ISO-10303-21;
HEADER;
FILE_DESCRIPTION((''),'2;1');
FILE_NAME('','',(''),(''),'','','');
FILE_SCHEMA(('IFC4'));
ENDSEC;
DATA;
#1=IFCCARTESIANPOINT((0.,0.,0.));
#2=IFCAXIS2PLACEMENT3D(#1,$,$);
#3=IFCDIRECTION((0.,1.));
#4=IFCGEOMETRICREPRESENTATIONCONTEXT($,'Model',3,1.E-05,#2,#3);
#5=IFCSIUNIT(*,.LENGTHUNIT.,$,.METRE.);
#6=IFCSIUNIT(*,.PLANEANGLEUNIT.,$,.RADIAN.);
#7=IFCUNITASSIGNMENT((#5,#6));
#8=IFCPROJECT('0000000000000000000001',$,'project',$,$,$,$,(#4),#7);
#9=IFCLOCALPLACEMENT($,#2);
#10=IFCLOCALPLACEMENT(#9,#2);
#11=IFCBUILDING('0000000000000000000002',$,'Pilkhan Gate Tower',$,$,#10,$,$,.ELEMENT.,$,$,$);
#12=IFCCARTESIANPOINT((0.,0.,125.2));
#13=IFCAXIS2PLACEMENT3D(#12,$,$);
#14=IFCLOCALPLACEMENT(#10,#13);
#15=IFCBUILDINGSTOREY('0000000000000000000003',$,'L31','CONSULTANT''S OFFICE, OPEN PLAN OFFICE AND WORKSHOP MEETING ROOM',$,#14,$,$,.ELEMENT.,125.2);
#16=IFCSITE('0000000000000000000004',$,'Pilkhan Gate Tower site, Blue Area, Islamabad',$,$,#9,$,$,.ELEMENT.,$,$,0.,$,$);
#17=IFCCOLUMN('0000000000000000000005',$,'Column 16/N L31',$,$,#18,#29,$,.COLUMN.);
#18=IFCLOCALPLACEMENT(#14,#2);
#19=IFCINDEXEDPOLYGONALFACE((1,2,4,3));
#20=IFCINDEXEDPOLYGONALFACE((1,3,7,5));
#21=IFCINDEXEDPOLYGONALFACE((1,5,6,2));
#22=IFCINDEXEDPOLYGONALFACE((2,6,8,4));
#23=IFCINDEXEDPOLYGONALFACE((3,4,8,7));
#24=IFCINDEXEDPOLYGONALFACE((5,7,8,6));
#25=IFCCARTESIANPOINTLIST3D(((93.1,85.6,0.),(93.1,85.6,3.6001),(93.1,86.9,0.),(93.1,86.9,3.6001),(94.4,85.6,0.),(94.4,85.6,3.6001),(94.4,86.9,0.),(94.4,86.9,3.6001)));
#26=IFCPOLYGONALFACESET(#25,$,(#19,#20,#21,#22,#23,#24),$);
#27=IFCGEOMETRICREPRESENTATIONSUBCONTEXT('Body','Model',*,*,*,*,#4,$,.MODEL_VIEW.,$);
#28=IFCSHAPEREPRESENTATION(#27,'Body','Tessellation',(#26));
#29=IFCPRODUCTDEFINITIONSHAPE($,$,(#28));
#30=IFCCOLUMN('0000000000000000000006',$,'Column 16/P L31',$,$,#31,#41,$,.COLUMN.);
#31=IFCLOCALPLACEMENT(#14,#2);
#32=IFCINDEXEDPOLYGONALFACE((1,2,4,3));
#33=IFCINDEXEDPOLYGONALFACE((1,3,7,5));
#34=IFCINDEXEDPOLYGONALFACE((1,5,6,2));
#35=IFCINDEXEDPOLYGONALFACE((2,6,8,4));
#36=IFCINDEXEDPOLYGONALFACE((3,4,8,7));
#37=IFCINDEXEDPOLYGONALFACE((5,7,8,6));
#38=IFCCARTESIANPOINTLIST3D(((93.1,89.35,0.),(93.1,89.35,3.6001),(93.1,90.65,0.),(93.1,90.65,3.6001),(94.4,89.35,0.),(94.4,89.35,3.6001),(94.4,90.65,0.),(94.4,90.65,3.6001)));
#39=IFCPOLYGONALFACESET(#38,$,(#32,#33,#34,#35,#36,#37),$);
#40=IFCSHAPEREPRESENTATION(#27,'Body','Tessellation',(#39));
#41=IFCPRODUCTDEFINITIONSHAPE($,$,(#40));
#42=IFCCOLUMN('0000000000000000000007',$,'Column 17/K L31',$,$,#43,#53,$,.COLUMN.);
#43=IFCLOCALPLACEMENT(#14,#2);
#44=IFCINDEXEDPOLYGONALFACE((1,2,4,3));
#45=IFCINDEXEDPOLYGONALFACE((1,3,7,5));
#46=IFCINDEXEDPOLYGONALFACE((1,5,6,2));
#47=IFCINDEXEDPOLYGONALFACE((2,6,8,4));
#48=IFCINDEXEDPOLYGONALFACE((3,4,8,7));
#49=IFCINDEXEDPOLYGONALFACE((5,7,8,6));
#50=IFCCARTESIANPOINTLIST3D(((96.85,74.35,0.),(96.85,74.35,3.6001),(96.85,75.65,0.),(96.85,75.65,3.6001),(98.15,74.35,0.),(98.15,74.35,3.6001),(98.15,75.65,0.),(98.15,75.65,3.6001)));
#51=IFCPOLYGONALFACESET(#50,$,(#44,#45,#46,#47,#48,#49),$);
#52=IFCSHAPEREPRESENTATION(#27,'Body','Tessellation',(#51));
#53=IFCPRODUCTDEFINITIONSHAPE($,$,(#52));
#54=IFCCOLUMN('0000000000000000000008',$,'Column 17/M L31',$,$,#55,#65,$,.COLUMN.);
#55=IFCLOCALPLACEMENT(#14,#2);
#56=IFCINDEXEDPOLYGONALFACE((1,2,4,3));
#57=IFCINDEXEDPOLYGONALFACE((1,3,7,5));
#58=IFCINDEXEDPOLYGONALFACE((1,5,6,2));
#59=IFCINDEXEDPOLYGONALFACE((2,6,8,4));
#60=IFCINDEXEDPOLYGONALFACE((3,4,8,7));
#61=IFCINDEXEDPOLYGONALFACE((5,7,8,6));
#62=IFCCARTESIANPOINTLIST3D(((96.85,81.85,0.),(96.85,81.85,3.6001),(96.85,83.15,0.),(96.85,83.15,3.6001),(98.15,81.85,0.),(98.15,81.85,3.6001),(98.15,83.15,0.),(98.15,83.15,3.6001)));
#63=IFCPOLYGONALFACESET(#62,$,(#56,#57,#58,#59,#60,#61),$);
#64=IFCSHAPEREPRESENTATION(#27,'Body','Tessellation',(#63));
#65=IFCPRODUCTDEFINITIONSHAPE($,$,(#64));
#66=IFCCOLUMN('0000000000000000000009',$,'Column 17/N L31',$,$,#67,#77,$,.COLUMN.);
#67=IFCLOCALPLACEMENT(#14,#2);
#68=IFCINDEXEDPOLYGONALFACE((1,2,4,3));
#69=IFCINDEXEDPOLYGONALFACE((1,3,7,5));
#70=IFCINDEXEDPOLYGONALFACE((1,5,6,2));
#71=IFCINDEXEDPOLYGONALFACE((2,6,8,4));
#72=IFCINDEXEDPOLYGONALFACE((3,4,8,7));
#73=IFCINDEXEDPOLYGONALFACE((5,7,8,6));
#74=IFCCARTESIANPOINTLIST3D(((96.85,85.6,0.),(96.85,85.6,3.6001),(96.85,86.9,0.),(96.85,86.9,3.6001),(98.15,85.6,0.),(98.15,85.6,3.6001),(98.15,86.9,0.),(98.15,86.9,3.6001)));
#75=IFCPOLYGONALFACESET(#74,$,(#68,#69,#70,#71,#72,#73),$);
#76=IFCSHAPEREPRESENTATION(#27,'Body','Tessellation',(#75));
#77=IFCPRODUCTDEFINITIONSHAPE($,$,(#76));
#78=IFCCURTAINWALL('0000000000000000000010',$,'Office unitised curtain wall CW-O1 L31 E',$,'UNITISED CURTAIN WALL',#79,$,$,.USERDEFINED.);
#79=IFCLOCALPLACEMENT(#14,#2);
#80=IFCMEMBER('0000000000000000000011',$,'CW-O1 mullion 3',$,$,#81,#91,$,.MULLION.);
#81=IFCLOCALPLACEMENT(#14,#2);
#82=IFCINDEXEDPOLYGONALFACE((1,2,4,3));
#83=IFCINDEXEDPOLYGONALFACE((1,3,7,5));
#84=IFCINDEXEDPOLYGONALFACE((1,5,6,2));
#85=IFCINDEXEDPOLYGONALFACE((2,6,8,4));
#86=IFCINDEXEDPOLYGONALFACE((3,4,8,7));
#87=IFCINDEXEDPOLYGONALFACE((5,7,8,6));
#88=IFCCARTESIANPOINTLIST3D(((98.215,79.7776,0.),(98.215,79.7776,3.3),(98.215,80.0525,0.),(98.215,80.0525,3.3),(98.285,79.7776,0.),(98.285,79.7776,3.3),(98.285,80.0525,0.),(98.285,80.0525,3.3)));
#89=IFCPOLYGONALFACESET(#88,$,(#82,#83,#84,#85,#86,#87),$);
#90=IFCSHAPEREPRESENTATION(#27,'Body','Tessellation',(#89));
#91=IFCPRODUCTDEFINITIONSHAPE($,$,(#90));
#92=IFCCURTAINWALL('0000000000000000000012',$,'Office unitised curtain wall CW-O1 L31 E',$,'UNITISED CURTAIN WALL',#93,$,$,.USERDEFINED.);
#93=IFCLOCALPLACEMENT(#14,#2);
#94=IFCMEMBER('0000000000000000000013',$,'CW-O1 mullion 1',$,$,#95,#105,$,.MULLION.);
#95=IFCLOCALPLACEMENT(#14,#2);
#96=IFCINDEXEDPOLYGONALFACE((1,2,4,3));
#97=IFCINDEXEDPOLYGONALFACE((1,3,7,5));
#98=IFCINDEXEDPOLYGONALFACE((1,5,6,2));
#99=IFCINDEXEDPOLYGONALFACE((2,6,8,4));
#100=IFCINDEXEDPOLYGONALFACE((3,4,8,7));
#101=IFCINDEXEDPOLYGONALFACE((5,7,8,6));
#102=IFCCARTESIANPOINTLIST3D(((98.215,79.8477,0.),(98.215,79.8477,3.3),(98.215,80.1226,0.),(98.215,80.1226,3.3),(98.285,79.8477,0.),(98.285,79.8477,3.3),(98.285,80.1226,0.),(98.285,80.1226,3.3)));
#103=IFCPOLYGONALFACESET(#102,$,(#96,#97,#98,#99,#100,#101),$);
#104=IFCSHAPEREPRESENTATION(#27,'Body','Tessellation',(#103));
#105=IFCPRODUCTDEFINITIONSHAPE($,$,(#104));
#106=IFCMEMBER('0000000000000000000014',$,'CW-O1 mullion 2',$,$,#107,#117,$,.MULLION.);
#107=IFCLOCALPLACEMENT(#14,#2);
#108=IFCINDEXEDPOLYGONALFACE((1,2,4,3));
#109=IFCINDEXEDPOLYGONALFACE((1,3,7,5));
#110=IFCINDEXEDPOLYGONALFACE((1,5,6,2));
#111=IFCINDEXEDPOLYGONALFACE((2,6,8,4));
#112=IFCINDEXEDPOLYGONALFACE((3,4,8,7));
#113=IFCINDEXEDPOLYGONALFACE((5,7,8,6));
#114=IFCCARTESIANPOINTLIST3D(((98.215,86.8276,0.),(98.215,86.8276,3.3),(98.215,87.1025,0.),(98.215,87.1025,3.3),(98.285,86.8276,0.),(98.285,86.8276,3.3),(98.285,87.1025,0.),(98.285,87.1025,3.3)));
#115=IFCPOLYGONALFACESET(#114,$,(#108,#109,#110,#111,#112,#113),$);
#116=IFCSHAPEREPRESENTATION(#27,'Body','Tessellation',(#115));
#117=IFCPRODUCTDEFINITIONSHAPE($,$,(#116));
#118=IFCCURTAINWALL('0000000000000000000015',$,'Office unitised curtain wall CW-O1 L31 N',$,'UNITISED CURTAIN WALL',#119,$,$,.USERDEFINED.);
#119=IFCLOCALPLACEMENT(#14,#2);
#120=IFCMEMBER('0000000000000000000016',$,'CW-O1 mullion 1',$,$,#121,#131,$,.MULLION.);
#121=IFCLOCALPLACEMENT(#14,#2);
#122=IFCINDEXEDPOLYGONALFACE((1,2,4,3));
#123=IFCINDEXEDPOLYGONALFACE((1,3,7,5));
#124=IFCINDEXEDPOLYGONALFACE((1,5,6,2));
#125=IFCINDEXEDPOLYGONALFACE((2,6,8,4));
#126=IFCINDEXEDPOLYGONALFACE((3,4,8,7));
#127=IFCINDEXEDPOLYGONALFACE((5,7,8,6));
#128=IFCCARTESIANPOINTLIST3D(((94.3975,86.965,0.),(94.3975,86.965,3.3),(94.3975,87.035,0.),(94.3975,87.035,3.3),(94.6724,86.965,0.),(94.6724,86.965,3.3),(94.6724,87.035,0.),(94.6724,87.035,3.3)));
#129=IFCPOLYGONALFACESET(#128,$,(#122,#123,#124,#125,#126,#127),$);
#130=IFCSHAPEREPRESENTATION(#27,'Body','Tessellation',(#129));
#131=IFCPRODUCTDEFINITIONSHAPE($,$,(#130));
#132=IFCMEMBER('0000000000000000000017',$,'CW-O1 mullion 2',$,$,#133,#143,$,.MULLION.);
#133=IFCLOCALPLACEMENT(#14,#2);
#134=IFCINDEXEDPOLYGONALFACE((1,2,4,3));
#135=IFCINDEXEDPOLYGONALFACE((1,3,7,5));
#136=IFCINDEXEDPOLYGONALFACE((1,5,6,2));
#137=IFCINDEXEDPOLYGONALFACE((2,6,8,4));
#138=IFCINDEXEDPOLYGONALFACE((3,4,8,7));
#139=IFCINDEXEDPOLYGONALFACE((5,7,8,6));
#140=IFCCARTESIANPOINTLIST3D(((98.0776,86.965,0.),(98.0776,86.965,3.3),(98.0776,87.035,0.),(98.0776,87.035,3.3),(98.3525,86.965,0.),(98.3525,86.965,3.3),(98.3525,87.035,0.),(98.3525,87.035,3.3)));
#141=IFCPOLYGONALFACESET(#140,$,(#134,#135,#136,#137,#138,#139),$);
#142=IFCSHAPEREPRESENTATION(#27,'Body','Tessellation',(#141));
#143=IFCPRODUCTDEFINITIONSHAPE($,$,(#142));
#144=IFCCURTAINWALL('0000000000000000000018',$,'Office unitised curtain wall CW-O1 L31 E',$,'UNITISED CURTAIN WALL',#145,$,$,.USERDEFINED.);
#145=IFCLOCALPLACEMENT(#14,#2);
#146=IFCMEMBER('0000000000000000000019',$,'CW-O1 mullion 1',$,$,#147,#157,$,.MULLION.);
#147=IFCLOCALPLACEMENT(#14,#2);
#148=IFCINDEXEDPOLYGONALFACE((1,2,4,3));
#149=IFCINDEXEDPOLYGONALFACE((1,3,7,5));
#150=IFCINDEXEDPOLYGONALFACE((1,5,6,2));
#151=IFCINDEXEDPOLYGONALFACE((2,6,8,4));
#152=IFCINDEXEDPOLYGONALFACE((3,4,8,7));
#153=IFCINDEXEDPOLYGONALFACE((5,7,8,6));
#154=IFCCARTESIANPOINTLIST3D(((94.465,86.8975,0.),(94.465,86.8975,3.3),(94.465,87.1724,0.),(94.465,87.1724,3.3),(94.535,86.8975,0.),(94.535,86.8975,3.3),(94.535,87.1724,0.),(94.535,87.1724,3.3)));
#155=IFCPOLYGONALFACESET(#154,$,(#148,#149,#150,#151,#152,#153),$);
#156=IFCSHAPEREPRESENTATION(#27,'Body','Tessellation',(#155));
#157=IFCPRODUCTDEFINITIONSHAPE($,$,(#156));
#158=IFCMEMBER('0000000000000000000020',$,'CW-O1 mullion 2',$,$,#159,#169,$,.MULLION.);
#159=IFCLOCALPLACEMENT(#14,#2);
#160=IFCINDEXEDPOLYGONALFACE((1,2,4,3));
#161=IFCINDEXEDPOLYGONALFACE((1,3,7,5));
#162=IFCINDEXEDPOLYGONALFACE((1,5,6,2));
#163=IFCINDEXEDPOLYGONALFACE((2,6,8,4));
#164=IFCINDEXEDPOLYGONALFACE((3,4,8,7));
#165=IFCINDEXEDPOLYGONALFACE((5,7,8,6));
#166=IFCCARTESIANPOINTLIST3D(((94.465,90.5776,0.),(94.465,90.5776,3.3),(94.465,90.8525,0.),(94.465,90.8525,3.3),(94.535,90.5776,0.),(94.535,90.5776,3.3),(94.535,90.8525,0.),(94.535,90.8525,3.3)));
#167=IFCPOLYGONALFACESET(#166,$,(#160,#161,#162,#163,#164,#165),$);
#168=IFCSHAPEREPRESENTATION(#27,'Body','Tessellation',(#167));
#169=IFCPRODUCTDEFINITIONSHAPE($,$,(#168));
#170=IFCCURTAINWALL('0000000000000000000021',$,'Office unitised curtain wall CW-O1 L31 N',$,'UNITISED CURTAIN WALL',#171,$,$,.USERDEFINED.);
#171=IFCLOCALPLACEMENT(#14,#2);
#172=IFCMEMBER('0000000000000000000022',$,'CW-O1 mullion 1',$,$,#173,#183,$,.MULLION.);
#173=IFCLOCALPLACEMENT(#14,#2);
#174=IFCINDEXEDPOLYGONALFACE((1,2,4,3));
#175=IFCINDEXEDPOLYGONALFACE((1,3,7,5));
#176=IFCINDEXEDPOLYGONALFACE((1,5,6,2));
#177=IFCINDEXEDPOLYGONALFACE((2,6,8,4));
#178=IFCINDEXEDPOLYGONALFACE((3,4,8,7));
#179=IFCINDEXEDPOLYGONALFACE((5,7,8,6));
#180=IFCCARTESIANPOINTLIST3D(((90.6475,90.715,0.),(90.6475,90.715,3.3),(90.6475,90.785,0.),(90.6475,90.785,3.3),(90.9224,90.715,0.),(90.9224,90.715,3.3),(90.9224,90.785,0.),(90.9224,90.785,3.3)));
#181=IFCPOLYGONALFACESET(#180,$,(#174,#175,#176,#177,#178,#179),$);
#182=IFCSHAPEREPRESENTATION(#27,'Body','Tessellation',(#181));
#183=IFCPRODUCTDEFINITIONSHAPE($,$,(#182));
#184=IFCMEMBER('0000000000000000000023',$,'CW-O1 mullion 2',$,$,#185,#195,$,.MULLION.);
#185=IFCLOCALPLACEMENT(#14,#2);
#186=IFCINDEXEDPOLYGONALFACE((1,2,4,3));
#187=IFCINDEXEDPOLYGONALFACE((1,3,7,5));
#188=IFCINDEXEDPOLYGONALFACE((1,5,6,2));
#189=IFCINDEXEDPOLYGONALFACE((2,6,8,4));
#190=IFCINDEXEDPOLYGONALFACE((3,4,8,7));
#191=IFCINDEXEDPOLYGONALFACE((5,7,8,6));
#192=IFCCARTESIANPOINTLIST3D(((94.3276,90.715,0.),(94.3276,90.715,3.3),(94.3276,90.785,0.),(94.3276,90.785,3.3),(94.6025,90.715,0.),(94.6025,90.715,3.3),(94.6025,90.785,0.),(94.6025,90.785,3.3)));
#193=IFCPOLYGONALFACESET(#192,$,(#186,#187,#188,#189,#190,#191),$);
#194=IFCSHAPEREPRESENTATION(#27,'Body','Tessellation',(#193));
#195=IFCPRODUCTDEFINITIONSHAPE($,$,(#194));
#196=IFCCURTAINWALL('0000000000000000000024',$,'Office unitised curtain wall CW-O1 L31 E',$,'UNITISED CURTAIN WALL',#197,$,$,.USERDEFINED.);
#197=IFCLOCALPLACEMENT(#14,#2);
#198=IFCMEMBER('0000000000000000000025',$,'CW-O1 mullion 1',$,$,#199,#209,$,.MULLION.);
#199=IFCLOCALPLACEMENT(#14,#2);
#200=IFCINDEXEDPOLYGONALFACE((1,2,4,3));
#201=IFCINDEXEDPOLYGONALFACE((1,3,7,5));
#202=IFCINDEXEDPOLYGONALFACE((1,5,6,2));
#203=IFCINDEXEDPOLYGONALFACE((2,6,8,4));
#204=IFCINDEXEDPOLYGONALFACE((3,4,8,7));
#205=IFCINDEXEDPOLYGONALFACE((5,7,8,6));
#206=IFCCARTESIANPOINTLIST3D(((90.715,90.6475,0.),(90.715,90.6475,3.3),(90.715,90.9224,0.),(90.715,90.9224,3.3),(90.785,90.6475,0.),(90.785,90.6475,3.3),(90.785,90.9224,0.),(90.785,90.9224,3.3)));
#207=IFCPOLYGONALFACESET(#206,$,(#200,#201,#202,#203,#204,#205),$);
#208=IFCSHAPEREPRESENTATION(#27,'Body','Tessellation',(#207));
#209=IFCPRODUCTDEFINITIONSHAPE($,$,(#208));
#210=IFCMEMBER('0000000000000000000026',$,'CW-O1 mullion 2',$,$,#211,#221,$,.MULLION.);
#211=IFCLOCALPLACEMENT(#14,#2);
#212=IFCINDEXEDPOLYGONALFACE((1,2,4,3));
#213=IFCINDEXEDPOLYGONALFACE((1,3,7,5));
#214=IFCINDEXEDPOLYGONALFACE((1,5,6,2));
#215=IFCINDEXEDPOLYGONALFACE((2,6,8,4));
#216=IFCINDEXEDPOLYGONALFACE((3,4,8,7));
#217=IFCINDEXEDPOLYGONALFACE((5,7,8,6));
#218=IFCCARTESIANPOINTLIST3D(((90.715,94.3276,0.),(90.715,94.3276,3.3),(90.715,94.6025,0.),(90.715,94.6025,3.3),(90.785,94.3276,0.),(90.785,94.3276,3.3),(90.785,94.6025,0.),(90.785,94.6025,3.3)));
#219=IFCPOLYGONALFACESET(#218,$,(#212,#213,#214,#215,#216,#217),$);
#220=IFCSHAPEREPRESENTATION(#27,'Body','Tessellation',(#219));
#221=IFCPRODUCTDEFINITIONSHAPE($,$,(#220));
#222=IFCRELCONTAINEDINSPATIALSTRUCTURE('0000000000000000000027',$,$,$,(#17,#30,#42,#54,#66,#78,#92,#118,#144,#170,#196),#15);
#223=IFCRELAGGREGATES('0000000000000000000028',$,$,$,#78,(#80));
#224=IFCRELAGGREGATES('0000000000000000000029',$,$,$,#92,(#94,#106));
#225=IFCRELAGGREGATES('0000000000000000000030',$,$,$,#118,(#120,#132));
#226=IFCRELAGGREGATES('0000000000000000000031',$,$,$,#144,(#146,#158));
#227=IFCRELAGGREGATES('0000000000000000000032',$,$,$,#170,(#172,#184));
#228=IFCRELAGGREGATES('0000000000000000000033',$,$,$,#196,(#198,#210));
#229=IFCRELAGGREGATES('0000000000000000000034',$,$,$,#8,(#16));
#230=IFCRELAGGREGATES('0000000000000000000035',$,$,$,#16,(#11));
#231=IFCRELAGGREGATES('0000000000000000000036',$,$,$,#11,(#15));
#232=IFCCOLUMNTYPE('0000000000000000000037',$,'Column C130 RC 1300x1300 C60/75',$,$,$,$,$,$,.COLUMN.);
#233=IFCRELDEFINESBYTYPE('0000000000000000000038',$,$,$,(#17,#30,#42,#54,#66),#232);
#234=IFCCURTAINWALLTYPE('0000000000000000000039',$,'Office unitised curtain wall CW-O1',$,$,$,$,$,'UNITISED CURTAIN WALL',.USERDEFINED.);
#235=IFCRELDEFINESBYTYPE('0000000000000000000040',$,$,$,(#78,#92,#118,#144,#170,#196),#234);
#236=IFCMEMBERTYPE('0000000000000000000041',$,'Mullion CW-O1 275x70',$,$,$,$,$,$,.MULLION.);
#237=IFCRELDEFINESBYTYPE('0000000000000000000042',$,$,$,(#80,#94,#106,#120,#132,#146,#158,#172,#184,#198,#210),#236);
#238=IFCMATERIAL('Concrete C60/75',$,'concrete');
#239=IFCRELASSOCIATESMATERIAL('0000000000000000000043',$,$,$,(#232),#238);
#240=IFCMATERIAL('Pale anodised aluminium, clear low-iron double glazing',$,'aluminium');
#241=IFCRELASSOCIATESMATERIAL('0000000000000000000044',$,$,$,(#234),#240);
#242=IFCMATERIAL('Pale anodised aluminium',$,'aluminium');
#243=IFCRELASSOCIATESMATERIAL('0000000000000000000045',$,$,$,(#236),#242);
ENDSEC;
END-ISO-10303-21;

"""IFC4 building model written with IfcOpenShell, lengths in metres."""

from ifc_helpers import new_model, si_unit, direction, frame, origin, origin_2d, place, context, subcontext, project, spatial, rectangle, extrude, material, material_profile, profile_set, type_object, element, aggregate, save


model = new_model("IFC4")

# Units and contexts
model_context = context("Model", 3, precision=1e-05, world=origin(), true_north=direction((0.0, 1.0)))
body_context = subcontext(model_context, "Body", "Model", "MODEL_VIEW")
ifc_project = project(units=[si_unit("LENGTHUNIT", "METRE"), si_unit("PLANEANGLEUNIT", "RADIAN")], contexts=[model_context])

# Site, building, storey
site_placement = place(None, origin())
site = spatial("IfcSite", under=ifc_project, at=site_placement, Name="Pilkhan Gate Tower site, Blue Area, Islamabad", CompositionType="ELEMENT", RefElevation=0.0)
building_placement = place(site_placement, origin())
building = spatial("IfcBuilding", under=site, at=building_placement, Name="Pilkhan Gate Tower", CompositionType="ELEMENT")
storey_placement = place(building_placement, frame((0.0, 0.0, 125.2)))
storey = spatial("IfcBuildingStorey", under=building, at=storey_placement, Name="L31", Description="CONSULTANT'S OFFICE, OPEN PLAN OFFICE AND WORKSHOP MEETING ROOM", CompositionType="ELEMENT", Elevation=125.2)

# Columns
ifc_material_1 = material(Name="Concrete C60/75", Category="concrete")
ifc_material_profile_1 = material_profile(ifc_material_1, rectangle(XDim=1.3, YDim=1.3, at=origin_2d()), Name="RC 1300x1300")
ifc_profile_set_1 = profile_set([ifc_material_profile_1], Name="Concrete C60/75")
column_type = type_object("IfcColumnType", Name="Column C130 RC 1300x1300 C60/75", PredefinedType="COLUMN", material=ifc_profile_set_1)
for number, where, z_axis, x_axis, name in (
    (1, (93.75, 86.25, 0.0), (0.0, 0.0, 1.0), (1.0, 0.0, 0.0), "Column 16/N L31"),
    (2, (93.75, 90.0, 0.0), (0.0, 0.0, 1.0), (1.0, 0.0, 0.0), "Column 16/P L31"),
    (3, (97.5, 75.0, 0.0), (0.0, 0.0, 1.0), (1.0, 0.0, 0.0), "Column 17/K L31"),
    (4, (97.5, 82.5, 0.0), (0.0, 0.0, 1.0), (1.0, 0.0, 0.0), "Column 17/M L31"),
    (5, (97.5, 86.25, 0.0), (0.0, 0.0, 1.0), (1.0, 0.0, 0.0), "Column 17/N L31"),
):
    element("IfcColumn", number, at=place(storey_placement, frame(where, z_axis=z_axis, x_axis=x_axis)), inside=storey, type_object=column_type, Name=name, PredefinedType="COLUMN", context=body_context, shape_type="SweptSolid", body=[
        extrude(rectangle(XDim=1.3, YDim=1.3, at=origin_2d()), origin(), (0.0, 0.0, 1.0), 3.6001),
    ])

# Curtain wall, member
ifc_material_2 = material(Name="Pale anodised aluminium, clear low-iron double glazing", Category="aluminium")
curtain_wall_type = type_object("IfcCurtainWallType", Name="Office unitised curtain wall CW-O1", ElementType="UNITISED CURTAIN WALL", PredefinedType="USERDEFINED", material=ifc_material_2)
curtain_wall_1_placement = place(storey_placement, origin())
curtain_wall_1 = element("IfcCurtainWall", 6, at=curtain_wall_1_placement, inside=storey, type_object=curtain_wall_type, Name="Office unitised curtain wall CW-O1 L31 E", ObjectType="UNITISED CURTAIN WALL", PredefinedType="USERDEFINED")
ifc_material_3 = material(Name="Pale anodised aluminium", Category="aluminium")
ifc_material_profile_2 = material_profile(ifc_material_3, rectangle(XDim=0.0701, YDim=0.2749, at=origin_2d()), Name="Mullion 275x70")
ifc_profile_set_2 = profile_set([ifc_material_profile_2], Name="Pale anodised aluminium")
member_type_1 = type_object("IfcMemberType", Name="Mullion CW-O1 275x70", PredefinedType="MULLION", material=ifc_profile_set_2)
member_1_placement = place(storey_placement, frame((98.25, 79.915, 0.0), z_axis=(0.0, 0.0, 1.0), x_axis=(-1.0, 0.0, 0.0)))
member_1 = element("IfcMember", 7, at=member_1_placement, type_object=member_type_1, Name="CW-O1 mullion 3", PredefinedType="MULLION", context=body_context, shape_type="SweptSolid", body=[
    extrude(rectangle(XDim=0.0701, YDim=0.2749, at=origin_2d()), origin(), (0.0, 0.0, 1.0), 3.3),
])

# Curtain walls, members
curtain_wall_2_placement = place(storey_placement, origin())
curtain_wall_2 = element("IfcCurtainWall", 8, at=curtain_wall_2_placement, inside=storey, type_object=curtain_wall_type, Name="Office unitised curtain wall CW-O1 L31 E", ObjectType="UNITISED CURTAIN WALL", PredefinedType="USERDEFINED")
member_2_placement = place(storey_placement, frame((98.25, 79.9851, 0.0), z_axis=(0.0, 0.0, 1.0), x_axis=(-1.0, 0.0, 0.0)))
member_2 = element("IfcMember", 9, at=member_2_placement, type_object=member_type_1, Name="CW-O1 mullion 1", PredefinedType="MULLION", context=body_context, shape_type="SweptSolid", body=[
    extrude(rectangle(XDim=0.0701, YDim=0.2749, at=origin_2d()), origin(), (0.0, 0.0, 1.0), 3.3),
])
member_3_placement = place(storey_placement, frame((98.25, 86.9651, 0.0), z_axis=(0.0, 0.0, 1.0), x_axis=(-1.0, 0.0, 0.0)))
member_3 = element("IfcMember", 10, at=member_3_placement, type_object=member_type_1, Name="CW-O1 mullion 2", PredefinedType="MULLION", context=body_context, shape_type="SweptSolid", body=[
    extrude(rectangle(XDim=0.0701, YDim=0.2749, at=origin_2d()), origin(), (0.0, 0.0, 1.0), 3.3),
])
curtain_wall_3_placement = place(storey_placement, origin())
curtain_wall_3 = element("IfcCurtainWall", 11, at=curtain_wall_3_placement, inside=storey, type_object=curtain_wall_type, Name="Office unitised curtain wall CW-O1 L31 N", ObjectType="UNITISED CURTAIN WALL", PredefinedType="USERDEFINED")
member_4_placement = place(storey_placement, frame((94.5349, 87.0, 0.0), z_axis=(0.0, 0.0, 1.0), x_axis=(0.0, 1.0, 0.0)))
member_4 = element("IfcMember", 12, at=member_4_placement, type_object=member_type_1, Name="CW-O1 mullion 1", PredefinedType="MULLION", context=body_context, shape_type="SweptSolid", body=[
    extrude(rectangle(XDim=0.0701, YDim=0.2749, at=origin_2d()), origin(), (0.0, 0.0, 1.0), 3.3),
])
member_5_placement = place(storey_placement, frame((98.2151, 87.0, 0.0), z_axis=(0.0, 0.0, 1.0), x_axis=(0.0, 1.0, 0.0)))
member_5 = element("IfcMember", 13, at=member_5_placement, type_object=member_type_1, Name="CW-O1 mullion 2", PredefinedType="MULLION", context=body_context, shape_type="SweptSolid", body=[
    extrude(rectangle(XDim=0.0701, YDim=0.2749, at=origin_2d()), origin(), (0.0, 0.0, 1.0), 3.3),
])
curtain_wall_4_placement = place(storey_placement, origin())
curtain_wall_4 = element("IfcCurtainWall", 14, at=curtain_wall_4_placement, inside=storey, type_object=curtain_wall_type, Name="Office unitised curtain wall CW-O1 L31 E", ObjectType="UNITISED CURTAIN WALL", PredefinedType="USERDEFINED")
member_6_placement = place(storey_placement, frame((94.5, 87.0349, 0.0), z_axis=(0.0, 0.0, 1.0), x_axis=(-1.0, 0.0, 0.0)))
member_6 = element("IfcMember", 15, at=member_6_placement, type_object=member_type_1, Name="CW-O1 mullion 1", PredefinedType="MULLION", context=body_context, shape_type="SweptSolid", body=[
    extrude(rectangle(XDim=0.0701, YDim=0.2749, at=origin_2d()), origin(), (0.0, 0.0, 1.0), 3.3),
])
member_7_placement = place(storey_placement, frame((94.5, 90.7151, 0.0), z_axis=(0.0, 0.0, 1.0), x_axis=(-1.0, 0.0, 0.0)))
member_7 = element("IfcMember", 16, at=member_7_placement, type_object=member_type_1, Name="CW-O1 mullion 2", PredefinedType="MULLION", context=body_context, shape_type="SweptSolid", body=[
    extrude(rectangle(XDim=0.0701, YDim=0.2749, at=origin_2d()), origin(), (0.0, 0.0, 1.0), 3.3),
])
curtain_wall_5_placement = place(storey_placement, origin())
curtain_wall_5 = element("IfcCurtainWall", 17, at=curtain_wall_5_placement, inside=storey, type_object=curtain_wall_type, Name="Office unitised curtain wall CW-O1 L31 N", ObjectType="UNITISED CURTAIN WALL", PredefinedType="USERDEFINED")
member_8_placement = place(storey_placement, frame((90.7849, 90.75, 0.0), z_axis=(0.0, 0.0, 1.0), x_axis=(0.0, 1.0, 0.0)))
member_8 = element("IfcMember", 18, at=member_8_placement, type_object=member_type_1, Name="CW-O1 mullion 1", PredefinedType="MULLION", context=body_context, shape_type="SweptSolid", body=[
    extrude(rectangle(XDim=0.0701, YDim=0.2749, at=origin_2d()), origin(), (0.0, 0.0, 1.0), 3.3),
])
member_9_placement = place(storey_placement, frame((94.4651, 90.75, 0.0), z_axis=(0.0, 0.0, 1.0), x_axis=(0.0, 1.0, 0.0)))
member_9 = element("IfcMember", 19, at=member_9_placement, type_object=member_type_1, Name="CW-O1 mullion 2", PredefinedType="MULLION", context=body_context, shape_type="SweptSolid", body=[
    extrude(rectangle(XDim=0.0701, YDim=0.2749, at=origin_2d()), origin(), (0.0, 0.0, 1.0), 3.3),
])
curtain_wall_6_placement = place(storey_placement, origin())
curtain_wall_6 = element("IfcCurtainWall", 20, at=curtain_wall_6_placement, inside=storey, type_object=curtain_wall_type, Name="Office unitised curtain wall CW-O1 L31 E", ObjectType="UNITISED CURTAIN WALL", PredefinedType="USERDEFINED")
member_10_placement = place(storey_placement, frame((90.75, 90.7849, 0.0), z_axis=(0.0, 0.0, 1.0), x_axis=(-1.0, 0.0, 0.0)))
member_10 = element("IfcMember", 21, at=member_10_placement, type_object=member_type_1, Name="CW-O1 mullion 1", PredefinedType="MULLION", context=body_context, shape_type="SweptSolid", body=[
    extrude(rectangle(XDim=0.0701, YDim=0.2749, at=origin_2d()), origin(), (0.0, 0.0, 1.0), 3.3),
])
member_11_placement = place(storey_placement, frame((90.75, 94.4651, 0.0), z_axis=(0.0, 0.0, 1.0), x_axis=(-1.0, 0.0, 0.0)))
member_11 = element("IfcMember", 22, at=member_11_placement, type_object=member_type_1, Name="CW-O1 mullion 2", PredefinedType="MULLION", context=body_context, shape_type="SweptSolid", body=[
    extrude(rectangle(XDim=0.0701, YDim=0.2749, at=origin_2d()), origin(), (0.0, 0.0, 1.0), 3.3),
])

aggregate(curtain_wall_1, [member_1])
aggregate(curtain_wall_2, [member_2, member_3])
aggregate(curtain_wall_3, [member_4, member_5])
aggregate(curtain_wall_4, [member_6, member_7])
aggregate(curtain_wall_5, [member_8, member_9])
aggregate(curtain_wall_6, [member_10, member_11])

save(model, "model.ifc")
